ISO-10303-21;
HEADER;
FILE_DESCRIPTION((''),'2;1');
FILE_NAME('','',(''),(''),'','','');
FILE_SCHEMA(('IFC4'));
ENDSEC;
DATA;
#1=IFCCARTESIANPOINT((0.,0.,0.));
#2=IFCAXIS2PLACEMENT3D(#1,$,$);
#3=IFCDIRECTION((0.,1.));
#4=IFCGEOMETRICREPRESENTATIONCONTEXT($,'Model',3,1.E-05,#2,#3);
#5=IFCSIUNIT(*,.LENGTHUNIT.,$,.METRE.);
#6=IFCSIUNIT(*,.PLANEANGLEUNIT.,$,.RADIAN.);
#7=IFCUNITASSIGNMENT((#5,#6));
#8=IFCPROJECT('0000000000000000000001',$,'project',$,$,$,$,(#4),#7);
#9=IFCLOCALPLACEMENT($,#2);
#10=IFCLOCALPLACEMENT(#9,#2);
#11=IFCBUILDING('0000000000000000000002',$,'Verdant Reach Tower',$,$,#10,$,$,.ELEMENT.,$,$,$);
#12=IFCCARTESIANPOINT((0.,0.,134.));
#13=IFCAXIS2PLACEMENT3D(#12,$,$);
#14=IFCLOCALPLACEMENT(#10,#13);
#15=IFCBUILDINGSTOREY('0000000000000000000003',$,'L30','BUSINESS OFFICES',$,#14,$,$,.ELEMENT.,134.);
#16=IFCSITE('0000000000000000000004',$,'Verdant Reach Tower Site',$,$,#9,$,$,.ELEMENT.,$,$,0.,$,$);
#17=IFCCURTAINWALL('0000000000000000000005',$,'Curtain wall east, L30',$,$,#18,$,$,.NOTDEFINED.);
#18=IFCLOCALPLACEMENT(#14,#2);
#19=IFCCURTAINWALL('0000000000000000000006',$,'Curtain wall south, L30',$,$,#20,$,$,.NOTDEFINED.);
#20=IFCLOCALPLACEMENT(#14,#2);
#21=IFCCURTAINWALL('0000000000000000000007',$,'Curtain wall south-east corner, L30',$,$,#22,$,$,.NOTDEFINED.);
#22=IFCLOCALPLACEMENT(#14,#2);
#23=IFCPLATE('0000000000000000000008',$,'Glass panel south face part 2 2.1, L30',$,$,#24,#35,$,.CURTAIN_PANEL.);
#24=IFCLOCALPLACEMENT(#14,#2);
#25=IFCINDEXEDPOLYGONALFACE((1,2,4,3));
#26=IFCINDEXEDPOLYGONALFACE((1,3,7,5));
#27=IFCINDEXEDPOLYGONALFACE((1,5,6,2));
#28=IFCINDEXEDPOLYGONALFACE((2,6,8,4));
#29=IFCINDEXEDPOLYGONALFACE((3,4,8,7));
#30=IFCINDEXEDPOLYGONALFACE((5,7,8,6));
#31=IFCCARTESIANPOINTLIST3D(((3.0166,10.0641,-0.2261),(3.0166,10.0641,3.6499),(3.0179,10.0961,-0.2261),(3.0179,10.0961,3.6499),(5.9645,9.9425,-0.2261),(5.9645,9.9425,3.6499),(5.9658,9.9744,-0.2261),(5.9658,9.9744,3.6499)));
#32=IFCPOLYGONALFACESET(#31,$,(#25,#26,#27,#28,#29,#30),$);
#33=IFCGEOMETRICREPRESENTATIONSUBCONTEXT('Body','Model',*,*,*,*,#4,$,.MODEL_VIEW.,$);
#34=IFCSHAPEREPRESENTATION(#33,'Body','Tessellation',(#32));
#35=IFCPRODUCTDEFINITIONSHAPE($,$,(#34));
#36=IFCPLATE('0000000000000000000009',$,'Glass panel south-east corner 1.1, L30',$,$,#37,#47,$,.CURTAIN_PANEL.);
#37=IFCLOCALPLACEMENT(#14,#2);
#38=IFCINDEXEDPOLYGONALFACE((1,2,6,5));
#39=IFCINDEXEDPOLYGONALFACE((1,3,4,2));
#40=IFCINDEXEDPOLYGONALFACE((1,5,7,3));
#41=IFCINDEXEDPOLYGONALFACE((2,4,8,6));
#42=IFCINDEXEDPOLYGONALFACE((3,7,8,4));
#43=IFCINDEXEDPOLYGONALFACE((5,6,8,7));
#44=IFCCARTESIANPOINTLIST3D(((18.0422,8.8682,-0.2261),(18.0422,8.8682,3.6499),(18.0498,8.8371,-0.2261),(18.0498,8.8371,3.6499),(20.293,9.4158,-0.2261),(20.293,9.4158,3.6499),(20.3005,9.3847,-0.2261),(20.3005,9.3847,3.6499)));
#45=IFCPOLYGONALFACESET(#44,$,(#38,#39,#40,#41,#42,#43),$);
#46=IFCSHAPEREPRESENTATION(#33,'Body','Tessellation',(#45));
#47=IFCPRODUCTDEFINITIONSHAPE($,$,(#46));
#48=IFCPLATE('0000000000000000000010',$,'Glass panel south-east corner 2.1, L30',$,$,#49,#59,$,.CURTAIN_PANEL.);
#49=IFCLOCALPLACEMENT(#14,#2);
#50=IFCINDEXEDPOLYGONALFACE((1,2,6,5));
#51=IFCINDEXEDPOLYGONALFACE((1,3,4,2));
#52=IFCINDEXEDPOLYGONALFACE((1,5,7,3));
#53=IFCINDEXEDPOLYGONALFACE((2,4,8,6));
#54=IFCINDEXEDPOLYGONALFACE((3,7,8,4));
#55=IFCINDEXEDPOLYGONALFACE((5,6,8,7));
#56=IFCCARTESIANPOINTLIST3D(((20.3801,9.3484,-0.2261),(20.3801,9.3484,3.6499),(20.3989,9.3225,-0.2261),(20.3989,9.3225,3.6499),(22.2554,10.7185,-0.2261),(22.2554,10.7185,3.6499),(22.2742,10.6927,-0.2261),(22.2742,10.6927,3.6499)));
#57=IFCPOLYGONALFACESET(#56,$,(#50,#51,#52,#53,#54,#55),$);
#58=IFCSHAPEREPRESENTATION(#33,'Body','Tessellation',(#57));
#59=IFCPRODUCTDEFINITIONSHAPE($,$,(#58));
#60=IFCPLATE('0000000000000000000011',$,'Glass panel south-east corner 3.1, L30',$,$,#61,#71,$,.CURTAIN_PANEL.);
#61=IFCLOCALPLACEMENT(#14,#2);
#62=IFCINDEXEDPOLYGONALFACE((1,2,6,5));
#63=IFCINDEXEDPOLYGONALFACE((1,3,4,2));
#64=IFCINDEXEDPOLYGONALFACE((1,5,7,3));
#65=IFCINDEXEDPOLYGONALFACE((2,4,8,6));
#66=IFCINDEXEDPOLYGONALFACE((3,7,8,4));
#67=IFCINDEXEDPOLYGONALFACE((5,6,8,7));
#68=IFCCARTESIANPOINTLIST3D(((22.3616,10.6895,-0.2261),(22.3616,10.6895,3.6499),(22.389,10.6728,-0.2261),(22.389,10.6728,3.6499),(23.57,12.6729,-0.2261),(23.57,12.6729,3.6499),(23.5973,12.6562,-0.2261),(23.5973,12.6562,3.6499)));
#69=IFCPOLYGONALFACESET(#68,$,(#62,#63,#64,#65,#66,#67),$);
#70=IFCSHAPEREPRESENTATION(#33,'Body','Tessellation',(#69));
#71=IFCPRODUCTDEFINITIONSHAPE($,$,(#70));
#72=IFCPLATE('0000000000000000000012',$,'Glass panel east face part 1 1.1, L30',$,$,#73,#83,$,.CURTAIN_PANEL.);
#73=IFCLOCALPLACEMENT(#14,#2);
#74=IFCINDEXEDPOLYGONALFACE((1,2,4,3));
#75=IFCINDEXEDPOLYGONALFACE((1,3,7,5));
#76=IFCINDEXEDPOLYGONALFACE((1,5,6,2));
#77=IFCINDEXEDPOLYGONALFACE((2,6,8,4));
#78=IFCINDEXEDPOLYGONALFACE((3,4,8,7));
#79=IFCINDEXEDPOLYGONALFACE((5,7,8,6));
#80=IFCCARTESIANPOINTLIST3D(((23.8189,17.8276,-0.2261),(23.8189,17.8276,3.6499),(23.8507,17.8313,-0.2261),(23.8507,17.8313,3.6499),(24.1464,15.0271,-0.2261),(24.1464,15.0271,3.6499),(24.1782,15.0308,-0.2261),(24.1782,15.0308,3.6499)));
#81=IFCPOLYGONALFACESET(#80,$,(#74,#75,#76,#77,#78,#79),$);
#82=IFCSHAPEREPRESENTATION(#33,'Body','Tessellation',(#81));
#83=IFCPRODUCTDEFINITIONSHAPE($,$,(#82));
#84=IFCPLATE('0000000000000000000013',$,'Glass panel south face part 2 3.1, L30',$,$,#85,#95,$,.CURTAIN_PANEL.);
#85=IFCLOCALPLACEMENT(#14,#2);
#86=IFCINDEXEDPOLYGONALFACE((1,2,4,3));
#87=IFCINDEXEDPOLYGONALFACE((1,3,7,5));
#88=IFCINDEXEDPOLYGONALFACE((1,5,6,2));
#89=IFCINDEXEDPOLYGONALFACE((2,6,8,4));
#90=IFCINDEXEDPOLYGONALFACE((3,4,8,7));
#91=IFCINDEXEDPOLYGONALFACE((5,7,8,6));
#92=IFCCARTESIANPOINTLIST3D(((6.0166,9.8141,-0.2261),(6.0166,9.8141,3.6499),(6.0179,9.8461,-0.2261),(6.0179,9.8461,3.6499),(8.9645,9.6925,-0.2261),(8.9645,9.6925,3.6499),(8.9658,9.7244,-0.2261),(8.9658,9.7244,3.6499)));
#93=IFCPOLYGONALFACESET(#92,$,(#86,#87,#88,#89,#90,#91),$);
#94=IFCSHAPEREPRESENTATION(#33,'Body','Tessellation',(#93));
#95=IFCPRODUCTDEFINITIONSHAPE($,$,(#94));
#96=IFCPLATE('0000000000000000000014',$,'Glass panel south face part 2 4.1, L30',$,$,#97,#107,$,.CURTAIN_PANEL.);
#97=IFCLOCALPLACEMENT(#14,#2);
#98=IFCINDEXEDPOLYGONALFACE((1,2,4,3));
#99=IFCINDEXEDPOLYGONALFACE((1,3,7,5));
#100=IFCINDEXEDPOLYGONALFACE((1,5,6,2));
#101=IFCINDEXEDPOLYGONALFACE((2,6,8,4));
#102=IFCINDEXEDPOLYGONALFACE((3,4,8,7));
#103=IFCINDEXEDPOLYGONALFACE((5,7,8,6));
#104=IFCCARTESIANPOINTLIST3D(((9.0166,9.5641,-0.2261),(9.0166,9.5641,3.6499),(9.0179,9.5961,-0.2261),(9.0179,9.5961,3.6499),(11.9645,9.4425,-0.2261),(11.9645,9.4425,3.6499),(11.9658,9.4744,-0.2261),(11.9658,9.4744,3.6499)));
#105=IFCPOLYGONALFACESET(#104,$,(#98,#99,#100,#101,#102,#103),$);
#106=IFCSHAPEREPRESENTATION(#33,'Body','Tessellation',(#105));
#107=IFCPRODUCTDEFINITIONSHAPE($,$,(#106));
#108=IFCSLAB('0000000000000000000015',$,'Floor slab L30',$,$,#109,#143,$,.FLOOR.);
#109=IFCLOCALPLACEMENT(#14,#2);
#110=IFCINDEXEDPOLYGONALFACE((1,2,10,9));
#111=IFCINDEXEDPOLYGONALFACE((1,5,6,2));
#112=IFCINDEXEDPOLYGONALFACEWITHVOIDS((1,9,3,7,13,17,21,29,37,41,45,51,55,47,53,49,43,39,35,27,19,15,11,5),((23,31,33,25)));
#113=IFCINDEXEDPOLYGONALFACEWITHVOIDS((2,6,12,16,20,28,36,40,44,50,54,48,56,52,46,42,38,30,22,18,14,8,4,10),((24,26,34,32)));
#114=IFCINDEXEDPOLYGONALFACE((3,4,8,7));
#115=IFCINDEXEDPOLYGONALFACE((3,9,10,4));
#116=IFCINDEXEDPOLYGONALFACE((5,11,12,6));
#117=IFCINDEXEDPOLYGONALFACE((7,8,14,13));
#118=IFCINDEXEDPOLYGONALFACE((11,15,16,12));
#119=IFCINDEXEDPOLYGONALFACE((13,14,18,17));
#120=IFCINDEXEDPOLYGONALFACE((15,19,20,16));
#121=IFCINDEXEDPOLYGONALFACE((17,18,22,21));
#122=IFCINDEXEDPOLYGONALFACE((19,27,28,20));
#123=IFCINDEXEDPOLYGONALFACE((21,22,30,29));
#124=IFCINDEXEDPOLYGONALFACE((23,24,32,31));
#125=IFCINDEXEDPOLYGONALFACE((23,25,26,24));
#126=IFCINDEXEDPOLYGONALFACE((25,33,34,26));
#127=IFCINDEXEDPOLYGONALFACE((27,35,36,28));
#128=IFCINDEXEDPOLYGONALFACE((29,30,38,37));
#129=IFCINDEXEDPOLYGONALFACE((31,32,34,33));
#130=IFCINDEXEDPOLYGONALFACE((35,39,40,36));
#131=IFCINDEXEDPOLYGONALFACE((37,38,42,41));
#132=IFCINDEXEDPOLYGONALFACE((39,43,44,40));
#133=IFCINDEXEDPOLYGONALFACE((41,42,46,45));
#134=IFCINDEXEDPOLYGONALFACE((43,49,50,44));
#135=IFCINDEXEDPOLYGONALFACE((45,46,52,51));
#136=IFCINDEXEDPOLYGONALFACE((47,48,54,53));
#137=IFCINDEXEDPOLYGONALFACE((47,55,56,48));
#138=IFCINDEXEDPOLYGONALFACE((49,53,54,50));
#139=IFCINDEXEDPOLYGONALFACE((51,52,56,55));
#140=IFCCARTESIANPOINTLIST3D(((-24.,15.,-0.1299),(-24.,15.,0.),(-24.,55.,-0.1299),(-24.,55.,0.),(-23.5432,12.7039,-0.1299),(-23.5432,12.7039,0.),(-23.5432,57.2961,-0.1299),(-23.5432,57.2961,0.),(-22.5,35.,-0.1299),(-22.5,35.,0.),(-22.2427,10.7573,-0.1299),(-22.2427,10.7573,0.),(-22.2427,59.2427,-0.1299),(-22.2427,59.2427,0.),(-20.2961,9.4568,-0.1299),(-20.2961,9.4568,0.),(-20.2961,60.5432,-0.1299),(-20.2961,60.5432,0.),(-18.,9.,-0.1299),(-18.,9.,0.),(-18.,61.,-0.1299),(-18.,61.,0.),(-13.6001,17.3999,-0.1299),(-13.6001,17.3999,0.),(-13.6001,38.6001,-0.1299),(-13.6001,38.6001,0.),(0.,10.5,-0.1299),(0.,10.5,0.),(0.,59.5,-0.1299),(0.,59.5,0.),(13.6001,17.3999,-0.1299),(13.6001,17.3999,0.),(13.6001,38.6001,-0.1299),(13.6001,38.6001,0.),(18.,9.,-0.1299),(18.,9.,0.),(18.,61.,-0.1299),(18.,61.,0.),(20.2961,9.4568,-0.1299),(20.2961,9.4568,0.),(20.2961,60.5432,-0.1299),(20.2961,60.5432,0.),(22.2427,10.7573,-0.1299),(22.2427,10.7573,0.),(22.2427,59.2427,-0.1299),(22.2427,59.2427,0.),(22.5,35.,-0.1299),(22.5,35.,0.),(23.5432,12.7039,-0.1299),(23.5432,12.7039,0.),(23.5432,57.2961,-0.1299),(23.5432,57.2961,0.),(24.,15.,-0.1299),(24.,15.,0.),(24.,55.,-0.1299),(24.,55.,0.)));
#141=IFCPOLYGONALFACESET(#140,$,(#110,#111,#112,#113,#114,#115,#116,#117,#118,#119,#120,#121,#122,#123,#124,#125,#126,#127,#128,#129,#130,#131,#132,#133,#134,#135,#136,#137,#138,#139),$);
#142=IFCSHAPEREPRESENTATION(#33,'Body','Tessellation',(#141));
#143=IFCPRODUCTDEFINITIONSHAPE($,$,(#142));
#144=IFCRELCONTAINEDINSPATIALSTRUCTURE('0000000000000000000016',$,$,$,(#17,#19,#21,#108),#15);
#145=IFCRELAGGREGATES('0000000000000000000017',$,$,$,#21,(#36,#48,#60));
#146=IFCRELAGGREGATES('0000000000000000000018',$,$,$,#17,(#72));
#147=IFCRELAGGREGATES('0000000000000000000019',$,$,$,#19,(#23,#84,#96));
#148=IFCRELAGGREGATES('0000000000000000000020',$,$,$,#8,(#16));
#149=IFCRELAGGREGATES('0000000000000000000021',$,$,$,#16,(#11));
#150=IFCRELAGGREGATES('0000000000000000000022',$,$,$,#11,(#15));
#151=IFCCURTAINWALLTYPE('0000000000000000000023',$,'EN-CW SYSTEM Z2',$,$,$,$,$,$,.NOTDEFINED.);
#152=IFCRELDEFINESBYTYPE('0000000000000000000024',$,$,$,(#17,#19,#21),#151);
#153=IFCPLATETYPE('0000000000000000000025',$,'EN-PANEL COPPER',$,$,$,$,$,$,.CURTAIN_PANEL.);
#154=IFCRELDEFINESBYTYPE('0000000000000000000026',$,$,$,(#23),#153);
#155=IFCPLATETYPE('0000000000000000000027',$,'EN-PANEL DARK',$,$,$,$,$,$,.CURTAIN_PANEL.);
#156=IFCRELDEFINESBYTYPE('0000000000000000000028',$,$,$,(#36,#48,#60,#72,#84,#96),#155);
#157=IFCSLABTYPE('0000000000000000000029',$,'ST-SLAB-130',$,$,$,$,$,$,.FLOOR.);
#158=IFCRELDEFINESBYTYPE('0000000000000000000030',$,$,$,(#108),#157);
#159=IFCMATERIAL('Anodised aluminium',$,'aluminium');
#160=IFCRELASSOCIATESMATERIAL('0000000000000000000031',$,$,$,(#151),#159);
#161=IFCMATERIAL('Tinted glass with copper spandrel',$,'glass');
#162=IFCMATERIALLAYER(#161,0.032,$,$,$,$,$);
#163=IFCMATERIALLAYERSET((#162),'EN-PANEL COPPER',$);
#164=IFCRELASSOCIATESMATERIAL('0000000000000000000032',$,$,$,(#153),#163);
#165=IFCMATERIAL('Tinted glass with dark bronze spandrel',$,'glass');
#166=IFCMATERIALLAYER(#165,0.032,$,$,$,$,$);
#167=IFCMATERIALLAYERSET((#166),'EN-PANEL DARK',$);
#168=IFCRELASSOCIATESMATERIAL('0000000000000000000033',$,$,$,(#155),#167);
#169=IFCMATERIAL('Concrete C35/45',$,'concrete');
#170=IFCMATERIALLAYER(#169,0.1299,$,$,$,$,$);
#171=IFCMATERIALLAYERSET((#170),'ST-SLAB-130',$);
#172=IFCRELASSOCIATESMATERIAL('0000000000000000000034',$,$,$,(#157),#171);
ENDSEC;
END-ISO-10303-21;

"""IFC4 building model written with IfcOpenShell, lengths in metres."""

from ifc_helpers import new_model, si_unit, direction, frame, origin, origin_2d, place, context, subcontext, project, spatial, polyline, rectangle, outline, extrude, material, layer, layer_set, type_object, element, aggregate, save


model = new_model("IFC4")

# Units and contexts
model_context = context("Model", 3, precision=1e-05, world=origin(), true_north=direction((0.0, 1.0)))
body_context = subcontext(model_context, "Body", "Model", "MODEL_VIEW")
ifc_project = project(units=[si_unit("LENGTHUNIT", "METRE"), si_unit("PLANEANGLEUNIT", "RADIAN")], contexts=[model_context])

# Site, building, storey
site_placement = place(None, origin())
site = spatial("IfcSite", under=ifc_project, at=site_placement, Name="Verdant Reach Tower Site", CompositionType="ELEMENT", RefElevation=0.0)
building_placement = place(site_placement, origin())
building = spatial("IfcBuilding", under=site, at=building_placement, Name="Verdant Reach Tower", CompositionType="ELEMENT")
storey_placement = place(building_placement, frame((0.0, 0.0, 134.0)))
storey = spatial("IfcBuildingStorey", under=building, at=storey_placement, Name="L30", Description="BUSINESS OFFICES", CompositionType="ELEMENT", Elevation=134.0)

# Curtain walls
ifc_material_1 = material(Name="Anodised aluminium", Category="aluminium")
curtain_wall_type = type_object("IfcCurtainWallType", Name="EN-CW SYSTEM Z2", PredefinedType="NOTDEFINED", material=ifc_material_1)
curtain_wall_1_placement = place(storey_placement, origin())
curtain_wall_1 = element("IfcCurtainWall", 1, at=curtain_wall_1_placement, inside=storey, type_object=curtain_wall_type, Name="Curtain wall east, L30", PredefinedType="NOTDEFINED")
curtain_wall_2_placement = place(storey_placement, origin())
curtain_wall_2 = element("IfcCurtainWall", 2, at=curtain_wall_2_placement, inside=storey, type_object=curtain_wall_type, Name="Curtain wall south, L30", PredefinedType="NOTDEFINED")

# Curtain wall
curtain_wall_3_placement = place(storey_placement, origin())
curtain_wall_3 = element("IfcCurtainWall", 3, at=curtain_wall_3_placement, inside=storey, type_object=curtain_wall_type, Name="Curtain wall south-east corner, L30", PredefinedType="NOTDEFINED")

# Plates
ifc_material_2 = material(Name="Tinted glass with copper spandrel", Category="glass")
ifc_layer_1 = layer(ifc_material_2, 0.032)
ifc_layer_set_1 = layer_set([ifc_layer_1], Name="EN-PANEL COPPER")
plate_type_1 = type_object("IfcPlateType", Name="EN-PANEL COPPER", PredefinedType="CURTAIN_PANEL", material=ifc_layer_set_1)
plate_1_placement = place(storey_placement, frame((4.4912, 10.0193, -0.2261), z_axis=(0.0, 0.0, 1.0), x_axis=(0.999149, -0.041242, 0.0)))
plate_1 = element("IfcPlate", 4, at=plate_1_placement, type_object=plate_type_1, Name="Glass panel south face part 2 2.1, L30", PredefinedType="CURTAIN_PANEL", context=body_context, shape_type="SweptSolid", body=[
    extrude(rectangle(XDim=2.9504, YDim=0.032, at=origin_2d()), origin(), (0.0, 0.0, 1.0), 3.876),
])
ifc_material_3 = material(Name="Tinted glass with dark bronze spandrel", Category="glass")
ifc_layer_2 = layer(ifc_material_3, 0.032)
ifc_layer_set_2 = layer_set([ifc_layer_2], Name="EN-PANEL DARK")
plate_type_2 = type_object("IfcPlateType", Name="EN-PANEL DARK", PredefinedType="CURTAIN_PANEL", material=ifc_layer_set_2)
plate_2_placement = place(storey_placement, frame((19.1714, 9.1265, -0.2261), z_axis=(0.0, 0.0, 1.0), x_axis=(0.971658, 0.236391, 0.0)))
plate_2 = element("IfcPlate", 5, at=plate_2_placement, type_object=plate_type_2, Name="Glass panel south-east corner 1.1, L30", PredefinedType="CURTAIN_PANEL", context=body_context, shape_type="SweptSolid", body=[
    extrude(rectangle(XDim=2.3164, YDim=0.032, at=origin_2d()), origin(), (0.0, 0.0, 1.0), 3.876),
])
plate_3_placement = place(storey_placement, frame((21.3271, 10.0205, -0.2261), z_axis=(0.0, 0.0, 1.0), x_axis=(0.807457, 0.589927, 0.0)))
plate_3 = element("IfcPlate", 6, at=plate_3_placement, type_object=plate_type_2, Name="Glass panel south-east corner 2.1, L30", PredefinedType="CURTAIN_PANEL", context=body_context, shape_type="SweptSolid", body=[
    extrude(rectangle(XDim=2.3225, YDim=0.032, at=origin_2d()), origin(), (0.0, 0.0, 1.0), 3.876),
])
plate_4_placement = place(storey_placement, frame((22.9795, 11.6729, -0.2261), z_axis=(0.0, 0.0, 1.0), x_axis=(0.520292, 0.853989, 0.0)))
plate_4 = element("IfcPlate", 7, at=plate_4_placement, type_object=plate_type_2, Name="Glass panel south-east corner 3.1, L30", PredefinedType="CURTAIN_PANEL", context=body_context, shape_type="SweptSolid", body=[
    extrude(rectangle(XDim=2.3225, YDim=0.032, at=origin_2d()), origin(), (0.0, 0.0, 1.0), 3.876),
])
aggregate(curtain_wall_3, [plate_2, plate_3, plate_4])
plate_5_placement = place(storey_placement, frame((23.9985, 16.4292, -0.2261), z_axis=(0.0, 0.0, 1.0), x_axis=(-0.116147, 0.993232, 0.0)))
plate_5 = element("IfcPlate", 8, at=plate_5_placement, type_object=plate_type_2, Name="Glass panel east face part 1 1.1, L30", PredefinedType="CURTAIN_PANEL", context=body_context, shape_type="SweptSolid", body=[
    extrude(rectangle(XDim=2.8196, YDim=0.032, at=origin_2d()), origin(), (0.0, 0.0, 1.0), 3.876),
])
aggregate(curtain_wall_1, [plate_5])
plate_6_placement = place(storey_placement, frame((7.4912, 9.7693, -0.2261), z_axis=(0.0, 0.0, 1.0), x_axis=(0.999149, -0.041242, 0.0)))
plate_6 = element("IfcPlate", 9, at=plate_6_placement, type_object=plate_type_2, Name="Glass panel south face part 2 3.1, L30", PredefinedType="CURTAIN_PANEL", context=body_context, shape_type="SweptSolid", body=[
    extrude(rectangle(XDim=2.9504, YDim=0.032, at=origin_2d()), origin(), (0.0, 0.0, 1.0), 3.876),
])
plate_7_placement = place(storey_placement, frame((10.4912, 9.5193, -0.2261), z_axis=(0.0, 0.0, 1.0), x_axis=(0.999149, -0.041242, 0.0)))
plate_7 = element("IfcPlate", 10, at=plate_7_placement, type_object=plate_type_2, Name="Glass panel south face part 2 4.1, L30", PredefinedType="CURTAIN_PANEL", context=body_context, shape_type="SweptSolid", body=[
    extrude(rectangle(XDim=2.9504, YDim=0.032, at=origin_2d()), origin(), (0.0, 0.0, 1.0), 3.876),
])
aggregate(curtain_wall_2, [plate_1, plate_6, plate_7])

# Slab
ifc_material_4 = material(Name="Concrete C35/45", Category="concrete")
ifc_layer_3 = layer(ifc_material_4, 0.1299)
ifc_layer_set_3 = layer_set([ifc_layer_3], Name="ST-SLAB-130")
slab_type_1 = type_object("IfcSlabType", Name="ST-SLAB-130", PredefinedType="FLOOR", material=ifc_layer_set_3)
slab_1_placement = place(storey_placement, frame((0.0, 0.0, -0.1299)))
element("IfcSlab", 11, at=slab_1_placement, inside=storey, type_object=slab_type_1, Name="Floor slab L30", PredefinedType="FLOOR", context=body_context, shape_type="SweptSolid", body=[
    extrude(outline(polyline([(0.0, 10.5), (-18.0, 9.0), (-20.2961, 9.4568), (-22.2427, 10.7573), (-23.5432, 12.7039), (-24.0, 15.0), (-22.5, 35.0), (-24.0, 55.0), (-23.5432, 57.2961), (-22.2427, 59.2427), (-20.2961, 60.5432), (-18.0, 61.0), (0.0, 59.5), (18.0, 61.0), (20.2961, 60.5432), (22.2427, 59.2427), (23.5432, 57.2961), (24.0, 55.0), (22.5, 35.0), (24.0, 15.0), (23.5432, 12.7039), (22.2427, 10.7573), (20.2961, 9.4568), (18.0, 9.0), (0.0, 10.5)]), holes=[polyline([(13.6001, 38.6001), (-13.6001, 38.6001), (-13.6001, 17.3999), (13.6001, 17.3999), (13.6001, 38.6001)])]), origin(), (0.0, 0.0, 1.0), 0.1299),
])

save(model, "model.ifc")
